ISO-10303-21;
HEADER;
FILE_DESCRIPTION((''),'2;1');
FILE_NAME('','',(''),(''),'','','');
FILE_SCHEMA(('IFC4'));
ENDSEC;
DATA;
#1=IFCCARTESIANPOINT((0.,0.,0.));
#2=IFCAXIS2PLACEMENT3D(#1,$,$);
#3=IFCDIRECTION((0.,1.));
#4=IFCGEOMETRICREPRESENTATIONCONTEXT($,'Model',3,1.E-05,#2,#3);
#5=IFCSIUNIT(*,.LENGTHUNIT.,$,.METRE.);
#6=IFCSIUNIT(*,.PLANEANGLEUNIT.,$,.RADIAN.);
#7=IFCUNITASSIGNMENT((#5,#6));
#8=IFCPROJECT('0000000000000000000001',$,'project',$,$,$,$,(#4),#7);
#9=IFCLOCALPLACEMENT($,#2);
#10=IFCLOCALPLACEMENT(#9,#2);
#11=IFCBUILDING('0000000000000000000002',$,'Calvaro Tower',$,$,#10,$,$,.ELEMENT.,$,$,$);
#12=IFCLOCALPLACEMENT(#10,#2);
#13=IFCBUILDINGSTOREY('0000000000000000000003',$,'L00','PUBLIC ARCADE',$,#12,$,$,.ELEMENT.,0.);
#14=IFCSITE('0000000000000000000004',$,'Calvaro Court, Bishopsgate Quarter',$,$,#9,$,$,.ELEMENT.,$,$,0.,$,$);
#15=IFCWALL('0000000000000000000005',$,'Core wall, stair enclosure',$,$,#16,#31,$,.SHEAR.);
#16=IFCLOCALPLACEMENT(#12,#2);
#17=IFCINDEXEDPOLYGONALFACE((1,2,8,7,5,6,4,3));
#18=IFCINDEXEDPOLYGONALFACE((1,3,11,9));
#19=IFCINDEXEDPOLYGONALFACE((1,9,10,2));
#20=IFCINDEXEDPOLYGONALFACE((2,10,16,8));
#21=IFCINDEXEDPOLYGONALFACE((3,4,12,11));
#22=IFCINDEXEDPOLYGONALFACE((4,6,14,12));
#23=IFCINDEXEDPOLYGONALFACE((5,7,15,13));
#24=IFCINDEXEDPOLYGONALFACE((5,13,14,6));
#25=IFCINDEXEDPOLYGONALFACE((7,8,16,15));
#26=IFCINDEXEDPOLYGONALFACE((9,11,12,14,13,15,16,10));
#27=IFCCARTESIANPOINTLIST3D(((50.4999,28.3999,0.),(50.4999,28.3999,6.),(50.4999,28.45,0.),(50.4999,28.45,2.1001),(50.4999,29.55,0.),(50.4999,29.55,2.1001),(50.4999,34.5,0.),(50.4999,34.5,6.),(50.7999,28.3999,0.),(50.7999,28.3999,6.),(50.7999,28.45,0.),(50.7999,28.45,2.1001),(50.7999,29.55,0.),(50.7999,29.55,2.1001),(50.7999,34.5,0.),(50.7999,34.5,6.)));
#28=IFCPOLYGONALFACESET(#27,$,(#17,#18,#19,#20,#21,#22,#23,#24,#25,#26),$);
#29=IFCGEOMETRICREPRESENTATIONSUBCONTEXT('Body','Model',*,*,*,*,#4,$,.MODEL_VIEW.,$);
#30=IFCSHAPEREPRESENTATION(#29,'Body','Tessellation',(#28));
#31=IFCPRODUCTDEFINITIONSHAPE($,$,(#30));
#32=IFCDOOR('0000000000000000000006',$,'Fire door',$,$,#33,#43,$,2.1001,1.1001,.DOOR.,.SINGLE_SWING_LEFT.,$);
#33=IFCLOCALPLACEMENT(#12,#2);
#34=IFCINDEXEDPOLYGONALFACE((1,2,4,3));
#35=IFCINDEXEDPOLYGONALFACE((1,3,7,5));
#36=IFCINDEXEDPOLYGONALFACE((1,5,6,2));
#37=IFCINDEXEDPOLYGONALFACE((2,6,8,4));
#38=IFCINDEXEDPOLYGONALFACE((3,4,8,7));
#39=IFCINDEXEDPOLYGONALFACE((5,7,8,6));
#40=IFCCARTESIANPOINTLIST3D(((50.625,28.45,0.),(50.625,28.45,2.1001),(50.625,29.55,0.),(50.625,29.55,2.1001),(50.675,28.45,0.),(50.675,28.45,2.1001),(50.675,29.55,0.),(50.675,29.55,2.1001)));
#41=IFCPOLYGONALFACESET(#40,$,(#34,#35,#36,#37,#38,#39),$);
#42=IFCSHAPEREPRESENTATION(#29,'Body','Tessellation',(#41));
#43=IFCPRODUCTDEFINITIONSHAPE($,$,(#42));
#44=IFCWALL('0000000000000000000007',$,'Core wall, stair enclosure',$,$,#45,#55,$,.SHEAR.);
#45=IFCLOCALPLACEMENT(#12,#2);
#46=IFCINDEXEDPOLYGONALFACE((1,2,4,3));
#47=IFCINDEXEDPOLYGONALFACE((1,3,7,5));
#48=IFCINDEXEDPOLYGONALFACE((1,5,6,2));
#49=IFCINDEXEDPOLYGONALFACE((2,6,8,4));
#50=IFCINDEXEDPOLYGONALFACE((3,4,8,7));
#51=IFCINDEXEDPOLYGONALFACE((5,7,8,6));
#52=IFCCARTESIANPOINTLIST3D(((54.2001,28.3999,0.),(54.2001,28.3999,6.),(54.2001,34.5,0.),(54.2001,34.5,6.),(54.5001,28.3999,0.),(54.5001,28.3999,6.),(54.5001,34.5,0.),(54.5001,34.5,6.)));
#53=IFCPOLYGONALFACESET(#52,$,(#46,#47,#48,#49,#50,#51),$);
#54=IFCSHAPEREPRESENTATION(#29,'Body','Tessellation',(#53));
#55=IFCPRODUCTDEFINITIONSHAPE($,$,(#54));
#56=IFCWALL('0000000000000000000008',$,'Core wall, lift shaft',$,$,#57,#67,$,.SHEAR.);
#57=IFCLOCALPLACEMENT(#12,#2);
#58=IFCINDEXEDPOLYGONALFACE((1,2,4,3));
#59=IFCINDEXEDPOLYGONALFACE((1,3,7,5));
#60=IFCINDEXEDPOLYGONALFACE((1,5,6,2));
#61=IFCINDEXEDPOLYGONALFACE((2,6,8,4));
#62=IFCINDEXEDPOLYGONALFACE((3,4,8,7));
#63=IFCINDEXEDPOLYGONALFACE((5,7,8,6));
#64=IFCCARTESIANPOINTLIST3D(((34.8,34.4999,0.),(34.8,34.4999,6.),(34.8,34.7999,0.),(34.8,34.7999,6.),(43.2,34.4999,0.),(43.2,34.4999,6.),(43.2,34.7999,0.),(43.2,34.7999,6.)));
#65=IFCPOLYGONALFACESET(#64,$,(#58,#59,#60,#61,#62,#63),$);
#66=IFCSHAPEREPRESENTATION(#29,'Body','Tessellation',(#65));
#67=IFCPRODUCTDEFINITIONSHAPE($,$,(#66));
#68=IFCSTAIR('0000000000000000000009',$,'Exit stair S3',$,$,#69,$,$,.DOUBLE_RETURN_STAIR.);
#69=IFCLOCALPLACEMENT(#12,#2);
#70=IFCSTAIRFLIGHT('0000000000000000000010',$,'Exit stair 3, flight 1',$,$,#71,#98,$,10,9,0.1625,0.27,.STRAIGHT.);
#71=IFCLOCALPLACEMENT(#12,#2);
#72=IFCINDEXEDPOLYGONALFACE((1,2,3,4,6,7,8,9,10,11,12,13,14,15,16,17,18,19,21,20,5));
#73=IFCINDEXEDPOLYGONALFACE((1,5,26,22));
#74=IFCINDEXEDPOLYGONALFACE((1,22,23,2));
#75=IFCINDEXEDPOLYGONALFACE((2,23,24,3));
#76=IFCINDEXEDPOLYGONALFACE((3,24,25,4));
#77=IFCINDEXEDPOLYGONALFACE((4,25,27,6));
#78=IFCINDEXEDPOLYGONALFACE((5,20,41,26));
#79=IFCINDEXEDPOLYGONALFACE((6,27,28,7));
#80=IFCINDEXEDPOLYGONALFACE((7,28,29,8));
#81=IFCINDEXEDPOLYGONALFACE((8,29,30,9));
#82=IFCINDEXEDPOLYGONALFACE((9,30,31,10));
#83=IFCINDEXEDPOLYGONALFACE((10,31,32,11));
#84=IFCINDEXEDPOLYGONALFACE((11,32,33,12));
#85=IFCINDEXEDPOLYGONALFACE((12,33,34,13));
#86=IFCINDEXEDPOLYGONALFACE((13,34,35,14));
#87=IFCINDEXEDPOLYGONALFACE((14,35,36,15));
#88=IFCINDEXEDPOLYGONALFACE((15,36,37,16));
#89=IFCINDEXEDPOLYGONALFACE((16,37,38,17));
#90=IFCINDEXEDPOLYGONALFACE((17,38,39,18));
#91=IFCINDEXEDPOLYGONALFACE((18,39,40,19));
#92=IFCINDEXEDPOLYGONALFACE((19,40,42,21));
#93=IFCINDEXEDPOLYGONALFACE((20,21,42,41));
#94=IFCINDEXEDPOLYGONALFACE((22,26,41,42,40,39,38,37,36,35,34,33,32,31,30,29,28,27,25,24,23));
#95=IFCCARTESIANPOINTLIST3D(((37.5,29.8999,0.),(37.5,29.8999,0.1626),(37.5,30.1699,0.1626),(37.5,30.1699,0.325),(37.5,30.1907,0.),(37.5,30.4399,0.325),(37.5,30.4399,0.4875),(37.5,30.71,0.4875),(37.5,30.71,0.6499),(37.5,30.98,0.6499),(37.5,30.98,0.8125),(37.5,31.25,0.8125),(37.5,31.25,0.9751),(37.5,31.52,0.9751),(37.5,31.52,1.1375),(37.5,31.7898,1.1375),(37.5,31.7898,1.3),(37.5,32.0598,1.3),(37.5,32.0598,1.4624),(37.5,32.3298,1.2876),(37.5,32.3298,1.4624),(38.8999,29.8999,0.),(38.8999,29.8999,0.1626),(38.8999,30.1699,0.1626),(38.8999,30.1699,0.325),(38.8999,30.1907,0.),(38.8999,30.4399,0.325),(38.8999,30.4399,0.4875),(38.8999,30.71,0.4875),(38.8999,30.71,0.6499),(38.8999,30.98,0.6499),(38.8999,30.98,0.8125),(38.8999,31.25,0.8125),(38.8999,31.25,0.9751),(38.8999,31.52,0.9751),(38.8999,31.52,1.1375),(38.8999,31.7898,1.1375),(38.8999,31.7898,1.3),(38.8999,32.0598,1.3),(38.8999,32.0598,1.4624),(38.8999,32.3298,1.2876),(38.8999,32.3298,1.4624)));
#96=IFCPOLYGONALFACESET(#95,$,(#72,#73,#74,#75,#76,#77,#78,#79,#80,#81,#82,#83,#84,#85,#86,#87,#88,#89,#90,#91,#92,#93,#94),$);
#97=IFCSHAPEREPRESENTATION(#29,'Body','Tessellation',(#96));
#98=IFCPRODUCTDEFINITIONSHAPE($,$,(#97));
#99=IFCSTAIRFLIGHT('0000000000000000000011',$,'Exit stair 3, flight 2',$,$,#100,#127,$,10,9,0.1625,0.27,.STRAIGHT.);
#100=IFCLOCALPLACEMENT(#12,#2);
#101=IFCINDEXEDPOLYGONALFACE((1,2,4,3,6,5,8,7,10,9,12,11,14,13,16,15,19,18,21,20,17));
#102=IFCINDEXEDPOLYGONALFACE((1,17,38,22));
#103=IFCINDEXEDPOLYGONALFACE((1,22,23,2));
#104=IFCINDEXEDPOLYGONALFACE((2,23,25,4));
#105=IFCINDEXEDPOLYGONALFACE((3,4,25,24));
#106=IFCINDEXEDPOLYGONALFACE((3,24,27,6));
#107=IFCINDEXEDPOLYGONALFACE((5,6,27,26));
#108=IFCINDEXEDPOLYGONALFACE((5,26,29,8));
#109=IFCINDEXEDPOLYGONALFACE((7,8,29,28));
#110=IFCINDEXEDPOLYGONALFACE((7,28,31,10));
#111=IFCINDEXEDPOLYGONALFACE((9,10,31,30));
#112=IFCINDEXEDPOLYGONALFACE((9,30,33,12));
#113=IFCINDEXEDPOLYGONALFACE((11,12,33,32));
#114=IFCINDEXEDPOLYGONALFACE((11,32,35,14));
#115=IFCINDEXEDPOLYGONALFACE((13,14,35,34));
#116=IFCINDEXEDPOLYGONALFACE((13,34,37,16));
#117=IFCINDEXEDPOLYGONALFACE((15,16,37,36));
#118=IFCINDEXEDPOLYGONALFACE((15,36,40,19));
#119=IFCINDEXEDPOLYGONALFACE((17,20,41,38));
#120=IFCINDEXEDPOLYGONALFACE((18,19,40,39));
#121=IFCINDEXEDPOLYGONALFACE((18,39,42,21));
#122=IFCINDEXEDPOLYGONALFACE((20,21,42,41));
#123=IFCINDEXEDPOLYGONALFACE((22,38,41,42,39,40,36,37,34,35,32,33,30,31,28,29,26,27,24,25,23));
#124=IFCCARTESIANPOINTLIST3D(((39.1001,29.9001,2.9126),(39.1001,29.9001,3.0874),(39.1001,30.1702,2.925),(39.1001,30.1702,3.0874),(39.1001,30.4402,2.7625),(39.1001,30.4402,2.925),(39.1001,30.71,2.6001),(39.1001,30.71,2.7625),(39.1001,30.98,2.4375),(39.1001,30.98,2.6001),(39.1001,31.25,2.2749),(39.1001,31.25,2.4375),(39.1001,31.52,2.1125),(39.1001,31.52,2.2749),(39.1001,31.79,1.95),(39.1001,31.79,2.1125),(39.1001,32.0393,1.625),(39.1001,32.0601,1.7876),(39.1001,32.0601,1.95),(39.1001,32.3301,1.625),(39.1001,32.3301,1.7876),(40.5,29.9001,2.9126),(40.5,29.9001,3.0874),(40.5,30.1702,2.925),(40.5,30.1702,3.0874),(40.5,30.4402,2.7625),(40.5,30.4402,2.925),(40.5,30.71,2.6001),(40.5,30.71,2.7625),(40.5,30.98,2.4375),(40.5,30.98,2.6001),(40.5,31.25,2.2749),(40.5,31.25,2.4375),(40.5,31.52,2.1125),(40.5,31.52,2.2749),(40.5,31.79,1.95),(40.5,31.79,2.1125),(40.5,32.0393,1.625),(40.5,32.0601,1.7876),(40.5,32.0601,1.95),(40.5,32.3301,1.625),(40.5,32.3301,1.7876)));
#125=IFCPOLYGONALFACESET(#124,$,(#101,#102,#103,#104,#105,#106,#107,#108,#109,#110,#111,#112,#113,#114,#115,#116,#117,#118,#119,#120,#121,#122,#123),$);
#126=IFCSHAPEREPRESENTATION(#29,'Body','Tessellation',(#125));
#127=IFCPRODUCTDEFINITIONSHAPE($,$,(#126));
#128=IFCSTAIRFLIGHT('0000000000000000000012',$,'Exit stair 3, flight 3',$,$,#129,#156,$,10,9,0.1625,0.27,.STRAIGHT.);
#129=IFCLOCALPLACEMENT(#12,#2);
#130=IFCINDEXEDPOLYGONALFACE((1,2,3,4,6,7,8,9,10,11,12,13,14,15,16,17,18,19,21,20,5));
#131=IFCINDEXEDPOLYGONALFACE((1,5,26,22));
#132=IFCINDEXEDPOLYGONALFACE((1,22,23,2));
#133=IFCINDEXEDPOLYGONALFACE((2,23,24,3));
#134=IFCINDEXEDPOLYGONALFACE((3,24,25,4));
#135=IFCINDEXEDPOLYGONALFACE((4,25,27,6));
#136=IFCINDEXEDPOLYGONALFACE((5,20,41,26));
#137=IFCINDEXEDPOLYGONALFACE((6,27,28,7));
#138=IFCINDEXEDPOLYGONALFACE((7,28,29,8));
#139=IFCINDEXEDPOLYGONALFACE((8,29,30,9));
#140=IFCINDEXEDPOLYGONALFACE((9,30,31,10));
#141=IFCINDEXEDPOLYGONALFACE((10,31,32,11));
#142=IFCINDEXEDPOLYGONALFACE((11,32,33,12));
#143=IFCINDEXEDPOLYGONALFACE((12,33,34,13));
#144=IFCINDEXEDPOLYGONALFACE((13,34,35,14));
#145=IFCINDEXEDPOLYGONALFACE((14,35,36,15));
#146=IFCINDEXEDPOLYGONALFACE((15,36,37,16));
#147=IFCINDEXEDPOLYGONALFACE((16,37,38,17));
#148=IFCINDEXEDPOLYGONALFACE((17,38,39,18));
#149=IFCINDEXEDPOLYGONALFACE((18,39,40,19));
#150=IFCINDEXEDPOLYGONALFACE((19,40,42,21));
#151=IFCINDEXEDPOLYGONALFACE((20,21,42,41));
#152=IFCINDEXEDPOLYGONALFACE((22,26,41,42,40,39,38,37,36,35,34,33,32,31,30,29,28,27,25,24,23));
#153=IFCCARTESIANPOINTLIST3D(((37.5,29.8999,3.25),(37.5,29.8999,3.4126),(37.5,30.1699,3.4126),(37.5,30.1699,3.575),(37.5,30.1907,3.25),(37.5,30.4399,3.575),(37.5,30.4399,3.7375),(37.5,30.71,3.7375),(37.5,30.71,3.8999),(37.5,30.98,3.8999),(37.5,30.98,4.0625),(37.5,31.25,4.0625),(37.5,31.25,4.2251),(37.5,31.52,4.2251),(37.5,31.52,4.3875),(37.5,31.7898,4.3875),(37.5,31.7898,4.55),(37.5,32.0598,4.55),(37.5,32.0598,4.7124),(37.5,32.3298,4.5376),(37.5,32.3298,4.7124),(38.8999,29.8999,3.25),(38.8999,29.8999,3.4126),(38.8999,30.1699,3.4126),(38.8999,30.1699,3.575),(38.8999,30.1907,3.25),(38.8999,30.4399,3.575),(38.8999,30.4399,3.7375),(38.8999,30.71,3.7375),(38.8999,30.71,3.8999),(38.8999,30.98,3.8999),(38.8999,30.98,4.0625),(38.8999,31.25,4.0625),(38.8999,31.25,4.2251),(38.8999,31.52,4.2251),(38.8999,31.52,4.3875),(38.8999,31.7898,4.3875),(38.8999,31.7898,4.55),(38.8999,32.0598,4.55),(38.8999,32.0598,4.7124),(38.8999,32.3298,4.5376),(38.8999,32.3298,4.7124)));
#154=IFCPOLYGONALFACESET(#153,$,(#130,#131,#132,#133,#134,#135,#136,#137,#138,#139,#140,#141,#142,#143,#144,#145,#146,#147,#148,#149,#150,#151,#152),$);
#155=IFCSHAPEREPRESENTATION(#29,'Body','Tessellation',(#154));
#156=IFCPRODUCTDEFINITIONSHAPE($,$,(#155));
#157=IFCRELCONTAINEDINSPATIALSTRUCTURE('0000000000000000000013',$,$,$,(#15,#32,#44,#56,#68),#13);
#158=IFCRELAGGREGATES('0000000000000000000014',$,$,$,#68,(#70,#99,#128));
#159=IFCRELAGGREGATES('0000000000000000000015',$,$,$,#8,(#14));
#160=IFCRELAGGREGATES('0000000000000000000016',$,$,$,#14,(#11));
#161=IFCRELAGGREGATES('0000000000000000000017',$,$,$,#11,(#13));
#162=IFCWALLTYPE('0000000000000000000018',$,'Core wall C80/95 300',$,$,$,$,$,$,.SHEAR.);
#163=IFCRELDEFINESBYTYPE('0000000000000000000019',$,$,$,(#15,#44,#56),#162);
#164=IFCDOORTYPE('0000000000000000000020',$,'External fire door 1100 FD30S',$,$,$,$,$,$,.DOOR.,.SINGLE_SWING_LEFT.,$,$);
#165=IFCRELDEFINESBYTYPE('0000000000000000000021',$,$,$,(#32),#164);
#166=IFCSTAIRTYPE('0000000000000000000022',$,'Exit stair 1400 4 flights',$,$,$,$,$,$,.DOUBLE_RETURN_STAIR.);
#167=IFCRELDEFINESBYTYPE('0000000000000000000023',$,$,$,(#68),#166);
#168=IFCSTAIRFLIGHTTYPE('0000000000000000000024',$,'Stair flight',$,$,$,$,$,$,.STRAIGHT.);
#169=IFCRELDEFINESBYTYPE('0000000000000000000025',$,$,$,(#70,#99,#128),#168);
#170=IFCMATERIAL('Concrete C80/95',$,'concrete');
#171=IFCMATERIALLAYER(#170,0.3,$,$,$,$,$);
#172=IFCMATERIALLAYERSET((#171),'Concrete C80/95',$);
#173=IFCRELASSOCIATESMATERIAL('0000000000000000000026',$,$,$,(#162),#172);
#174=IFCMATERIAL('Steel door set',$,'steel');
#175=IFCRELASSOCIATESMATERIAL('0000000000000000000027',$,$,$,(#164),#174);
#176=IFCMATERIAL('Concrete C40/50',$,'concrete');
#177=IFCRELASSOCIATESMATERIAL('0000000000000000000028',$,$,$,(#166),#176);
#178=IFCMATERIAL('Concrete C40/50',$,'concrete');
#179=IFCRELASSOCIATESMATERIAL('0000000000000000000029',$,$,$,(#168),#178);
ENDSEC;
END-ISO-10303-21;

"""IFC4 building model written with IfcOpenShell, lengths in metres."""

from ifc_helpers import new_model, si_unit, direction, frame, frame_2d, origin, place, context, subcontext, project, spatial, polyline, rectangle, outline, extrude, material, layer, layer_set, type_object, element, fill, aggregate, save


model = new_model("IFC4")

# Units and contexts
model_context = context("Model", 3, precision=1e-05, world=origin(), true_north=direction((0.0, 1.0)))
body_context = subcontext(model_context, "Body", "Model", "MODEL_VIEW")
ifc_project = project(units=[si_unit("LENGTHUNIT", "METRE"), si_unit("PLANEANGLEUNIT", "RADIAN")], contexts=[model_context])

# Site, building, storey
site_placement = place(None, origin())
site = spatial("IfcSite", under=ifc_project, at=site_placement, Name="Calvaro Court, Bishopsgate Quarter", CompositionType="ELEMENT", RefElevation=0.0)
building_placement = place(site_placement, origin())
building = spatial("IfcBuilding", under=site, at=building_placement, Name="Calvaro Tower", CompositionType="ELEMENT")
storey_placement = place(building_placement, origin())
storey = spatial("IfcBuildingStorey", under=building, at=storey_placement, Name="L00", Description="PUBLIC ARCADE", CompositionType="ELEMENT", Elevation=0.0)

# Wall, opening, door
ifc_material_1 = material(Name="Concrete C80/95", Category="concrete")
ifc_layer = layer(ifc_material_1, 0.3)
ifc_layer_set = layer_set([ifc_layer], Name="Concrete C80/95")
wall_type = type_object("IfcWallType", Name="Core wall C80/95 300", PredefinedType="SHEAR", material=ifc_layer_set)
wall_1_placement = place(storey_placement, frame((50.6499, 28.3999, 0.0), z_axis=(0.0, 0.0, 1.0), x_axis=(0.0, 1.0, 0.0)))
wall_1 = element("IfcWall", 1, at=wall_1_placement, inside=storey, type_object=wall_type, Name="Core wall, stair enclosure", PredefinedType="SHEAR", context=body_context, shape_type="SweptSolid", body=[
    extrude(rectangle(XDim=6.1001, YDim=0.3, at=frame_2d((3.05, 0.0))), origin(), (0.0, 0.0, 1.0), 6.0),
])
opening_placement = place(wall_1_placement, frame((0.05, 0.0, 0.0)))
opening = element("IfcOpeningElement", 2, at=opening_placement, cuts=wall_1, PredefinedType="OPENING", context=body_context, shape_type="SweptSolid", body=[
    extrude(rectangle(XDim=1.1001, YDim=2.1001, at=frame_2d((0.55, 1.05))), frame((0.0, 0.1599, 0.0), z_axis=(0.0, -1.0, 0.0), x_axis=(1.0, 0.0, 0.0)), (0.0, 0.0, 1.0), 0.3201),
])
ifc_material_2 = material(Name="Steel door set", Category="steel")
door_type = type_object("IfcDoorType", Name="External fire door 1100 FD30S", OperationType="SINGLE_SWING_LEFT", PredefinedType="DOOR", material=ifc_material_2)
door_placement = place(opening_placement, origin())
door = element("IfcDoor", 3, at=door_placement, inside=storey, type_object=door_type, Name="Fire door", OperationType="SINGLE_SWING_LEFT", OverallHeight=2.1001, OverallWidth=1.1001, PredefinedType="DOOR", context=body_context, shape_type="SweptSolid", body=[
    extrude(rectangle(XDim=1.1001, YDim=2.1001, at=frame_2d((0.55, 1.05))), frame((0.0, 0.0249, 0.0), z_axis=(0.0, -1.0, 0.0), x_axis=(1.0, 0.0, 0.0)), (0.0, 0.0, 1.0), 0.05),
])
fill(opening, door)

# Walls
wall_2_placement = place(storey_placement, frame((54.3501, 28.3999, 0.0), z_axis=(0.0, 0.0, 1.0), x_axis=(0.0, 1.0, 0.0)))
element("IfcWall", 4, at=wall_2_placement, inside=storey, type_object=wall_type, Name="Core wall, stair enclosure", PredefinedType="SHEAR", context=body_context, shape_type="SweptSolid", body=[
    extrude(rectangle(XDim=6.1001, YDim=0.3, at=frame_2d((3.05, 0.0))), origin(), (0.0, 0.0, 1.0), 6.0),
])
wall_3_placement = place(storey_placement, frame((34.8, 34.6499, 0.0), z_axis=(0.0, 0.0, 1.0), x_axis=(1.0, 0.0, 0.0)))
element("IfcWall", 5, at=wall_3_placement, inside=storey, type_object=wall_type, Name="Core wall, lift shaft", PredefinedType="SHEAR", context=body_context, shape_type="SweptSolid", body=[
    extrude(rectangle(XDim=8.3999, YDim=0.3, at=frame_2d((4.2, 0.0))), origin(), (0.0, 0.0, 1.0), 6.0),
])

# Stair, stair flights
ifc_material_3 = material(Name="Concrete C40/50", Category="concrete")
stair_type = type_object("IfcStairType", Name="Exit stair 1400 4 flights", PredefinedType="DOUBLE_RETURN_STAIR", material=ifc_material_3)
stair_1_placement = place(storey_placement, origin())
stair_1 = element("IfcStair", 6, at=stair_1_placement, inside=storey, type_object=stair_type, Name="Exit stair S3", PredefinedType="DOUBLE_RETURN_STAIR")
ifc_material_4 = material(Name="Concrete C40/50", Category="concrete")
stair_flight_type = type_object("IfcStairFlightType", Name="Stair flight", PredefinedType="STRAIGHT", material=ifc_material_4)
stair_flight_1_placement = place(storey_placement, frame((38.2, 29.8999, 0.0), z_axis=(0.0, 0.0, 1.0), x_axis=(0.0, 1.0, 0.0)))
stair_flight_1 = element("IfcStairFlight", 7, at=stair_flight_1_placement, type_object=stair_flight_type, Name="Exit stair 3, flight 1", NumberOfRisers=10, NumberOfTreads=9, PredefinedType="STRAIGHT", RiserHeight=0.1625, TreadLength=0.27, context=body_context, shape_type="SweptSolid", body=[
    extrude(outline(polyline([(0.0, 0.0), (0.0, 0.1626), (0.27, 0.1626), (0.27, 0.325), (0.54, 0.325), (0.54, 0.4875), (0.8101, 0.4875), (0.8101, 0.6499), (1.0801, 0.6499), (1.0801, 0.8125), (1.3501, 0.8125), (1.3501, 0.9751), (1.6201, 0.9751), (1.6201, 1.1375), (1.8899, 1.1375), (1.8899, 1.3), (2.1599, 1.3), (2.1599, 1.4624), (2.4299, 1.4624), (2.4299, 1.625), (2.4299, 1.2876), (0.2908, 0.0), (0.0, 0.0)])), frame((0.0, 0.7, 0.0), z_axis=(0.0, -1.0, 0.0), x_axis=(1.0, 0.0, 0.0)), (0.0, 0.0, 1.0), 1.3999),
])
stair_flight_2_placement = place(storey_placement, frame((39.8, 32.3301, 1.625), z_axis=(0.0, 0.0, 1.0), x_axis=(0.0, -1.0, 0.0)))
stair_flight_2 = element("IfcStairFlight", 8, at=stair_flight_2_placement, type_object=stair_flight_type, Name="Exit stair 3, flight 2", NumberOfRisers=10, NumberOfTreads=9, PredefinedType="STRAIGHT", RiserHeight=0.1625, TreadLength=0.27, context=body_context, shape_type="SweptSolid", body=[
    extrude(outline(polyline([(0.0, 0.0), (0.0, 0.1626), (0.27, 0.1626), (0.27, 0.325), (0.54, 0.325), (0.54, 0.4875), (0.8101, 0.4875), (0.8101, 0.6499), (1.0801, 0.6499), (1.0801, 0.8125), (1.3501, 0.8125), (1.3501, 0.9751), (1.6201, 0.9751), (1.6201, 1.1375), (1.8899, 1.1375), (1.8899, 1.3), (2.1599, 1.3), (2.1599, 1.4624), (2.4299, 1.4624), (2.4299, 1.625), (2.4299, 1.2876), (0.2908, 0.0), (0.0, 0.0)])), frame((0.0, 0.7, 0.0), z_axis=(0.0, -1.0, 0.0), x_axis=(1.0, 0.0, 0.0)), (0.0, 0.0, 1.0), 1.3999),
])
stair_flight_3_placement = place(storey_placement, frame((38.2, 29.8999, 3.25), z_axis=(0.0, 0.0, 1.0), x_axis=(0.0, 1.0, 0.0)))
stair_flight_3 = element("IfcStairFlight", 9, at=stair_flight_3_placement, type_object=stair_flight_type, Name="Exit stair 3, flight 3", NumberOfRisers=10, NumberOfTreads=9, PredefinedType="STRAIGHT", RiserHeight=0.1625, TreadLength=0.27, context=body_context, shape_type="SweptSolid", body=[
    extrude(outline(polyline([(0.0, 0.0), (0.0, 0.1626), (0.27, 0.1626), (0.27, 0.325), (0.54, 0.325), (0.54, 0.4875), (0.8101, 0.4875), (0.8101, 0.6499), (1.0801, 0.6499), (1.0801, 0.8125), (1.3501, 0.8125), (1.3501, 0.9751), (1.6201, 0.9751), (1.6201, 1.1375), (1.8899, 1.1375), (1.8899, 1.3), (2.1599, 1.3), (2.1599, 1.4624), (2.4299, 1.4624), (2.4299, 1.625), (2.4299, 1.2876), (0.2908, 0.0), (0.0, 0.0)])), frame((0.0, 0.7, 0.0), z_axis=(0.0, -1.0, 0.0), x_axis=(1.0, 0.0, 0.0)), (0.0, 0.0, 1.0), 1.3999),
])

aggregate(stair_1, [stair_flight_1, stair_flight_2, stair_flight_3])

save(model, "model.ifc")
